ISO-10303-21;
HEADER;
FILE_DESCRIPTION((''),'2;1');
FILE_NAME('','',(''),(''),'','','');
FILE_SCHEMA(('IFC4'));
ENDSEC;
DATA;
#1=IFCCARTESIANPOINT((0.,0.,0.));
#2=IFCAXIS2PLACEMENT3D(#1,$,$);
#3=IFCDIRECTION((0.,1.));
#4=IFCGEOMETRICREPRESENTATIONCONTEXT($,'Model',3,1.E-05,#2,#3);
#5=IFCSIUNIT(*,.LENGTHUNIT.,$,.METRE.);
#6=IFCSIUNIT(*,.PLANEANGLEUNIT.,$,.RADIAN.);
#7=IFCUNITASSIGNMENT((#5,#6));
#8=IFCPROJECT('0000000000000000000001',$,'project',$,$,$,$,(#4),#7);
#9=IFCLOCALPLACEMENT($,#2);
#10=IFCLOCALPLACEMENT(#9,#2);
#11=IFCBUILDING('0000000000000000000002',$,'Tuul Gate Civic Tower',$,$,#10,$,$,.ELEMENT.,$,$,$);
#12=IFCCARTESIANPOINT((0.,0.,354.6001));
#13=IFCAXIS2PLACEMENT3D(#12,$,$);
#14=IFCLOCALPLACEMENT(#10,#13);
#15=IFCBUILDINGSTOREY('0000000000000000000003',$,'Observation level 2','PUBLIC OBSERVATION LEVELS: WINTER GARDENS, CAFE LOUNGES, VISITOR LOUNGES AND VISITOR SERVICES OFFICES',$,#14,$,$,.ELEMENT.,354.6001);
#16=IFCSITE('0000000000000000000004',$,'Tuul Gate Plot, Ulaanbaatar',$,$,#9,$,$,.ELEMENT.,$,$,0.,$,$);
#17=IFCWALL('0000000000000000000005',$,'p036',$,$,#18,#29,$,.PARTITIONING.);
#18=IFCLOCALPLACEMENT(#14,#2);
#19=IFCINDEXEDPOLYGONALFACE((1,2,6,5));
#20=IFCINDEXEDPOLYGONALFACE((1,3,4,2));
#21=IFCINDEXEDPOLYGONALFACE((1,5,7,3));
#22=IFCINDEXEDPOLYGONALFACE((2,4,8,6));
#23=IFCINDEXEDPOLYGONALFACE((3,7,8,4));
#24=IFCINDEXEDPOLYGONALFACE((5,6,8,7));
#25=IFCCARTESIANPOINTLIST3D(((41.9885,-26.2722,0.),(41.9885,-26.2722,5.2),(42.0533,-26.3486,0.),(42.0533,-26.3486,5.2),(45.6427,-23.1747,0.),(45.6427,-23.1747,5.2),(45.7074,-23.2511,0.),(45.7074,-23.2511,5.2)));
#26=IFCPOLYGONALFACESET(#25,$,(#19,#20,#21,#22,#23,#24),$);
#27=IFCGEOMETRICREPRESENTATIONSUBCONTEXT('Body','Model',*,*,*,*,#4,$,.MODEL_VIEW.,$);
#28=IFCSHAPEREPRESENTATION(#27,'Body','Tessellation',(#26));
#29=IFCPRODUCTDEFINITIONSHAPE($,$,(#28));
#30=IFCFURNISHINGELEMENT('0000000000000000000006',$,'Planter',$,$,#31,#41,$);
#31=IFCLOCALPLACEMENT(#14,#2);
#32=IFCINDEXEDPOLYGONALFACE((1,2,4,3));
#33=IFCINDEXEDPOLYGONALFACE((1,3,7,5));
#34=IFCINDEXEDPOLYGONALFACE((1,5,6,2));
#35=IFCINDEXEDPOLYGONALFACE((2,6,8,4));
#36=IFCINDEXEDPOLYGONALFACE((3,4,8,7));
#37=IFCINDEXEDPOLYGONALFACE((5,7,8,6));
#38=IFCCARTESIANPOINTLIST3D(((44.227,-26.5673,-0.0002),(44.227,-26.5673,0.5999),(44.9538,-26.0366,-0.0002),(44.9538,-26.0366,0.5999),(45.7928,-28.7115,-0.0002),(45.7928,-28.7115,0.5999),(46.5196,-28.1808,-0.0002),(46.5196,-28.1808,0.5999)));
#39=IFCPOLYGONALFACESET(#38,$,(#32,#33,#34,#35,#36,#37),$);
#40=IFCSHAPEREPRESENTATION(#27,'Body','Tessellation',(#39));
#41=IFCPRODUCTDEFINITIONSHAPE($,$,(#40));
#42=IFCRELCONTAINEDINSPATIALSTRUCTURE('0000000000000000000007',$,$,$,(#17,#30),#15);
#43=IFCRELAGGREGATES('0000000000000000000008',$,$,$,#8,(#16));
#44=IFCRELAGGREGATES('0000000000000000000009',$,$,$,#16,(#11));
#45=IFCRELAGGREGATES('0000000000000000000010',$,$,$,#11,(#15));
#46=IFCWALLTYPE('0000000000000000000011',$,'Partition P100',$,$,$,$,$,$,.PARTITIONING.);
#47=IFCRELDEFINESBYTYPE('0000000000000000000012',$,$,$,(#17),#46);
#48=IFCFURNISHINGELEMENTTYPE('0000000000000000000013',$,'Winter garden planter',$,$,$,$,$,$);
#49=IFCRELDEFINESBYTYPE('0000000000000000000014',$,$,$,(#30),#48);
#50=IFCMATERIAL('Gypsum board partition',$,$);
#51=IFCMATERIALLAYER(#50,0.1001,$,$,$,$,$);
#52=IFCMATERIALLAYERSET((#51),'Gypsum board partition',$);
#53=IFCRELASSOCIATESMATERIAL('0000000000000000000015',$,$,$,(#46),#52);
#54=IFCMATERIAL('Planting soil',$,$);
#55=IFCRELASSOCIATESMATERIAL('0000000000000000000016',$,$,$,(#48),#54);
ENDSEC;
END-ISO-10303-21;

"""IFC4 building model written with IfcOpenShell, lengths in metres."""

from ifc_helpers import new_model, si_unit, direction, frame, frame_2d, origin, origin_2d, place, context, subcontext, project, spatial, rectangle, extrude, material, layer, layer_set, type_object, element, save


model = new_model("IFC4")

# Units and contexts
model_context = context("Model", 3, precision=1e-05, world=origin(), true_north=direction((0.0, 1.0)))
body_context = subcontext(model_context, "Body", "Model", "MODEL_VIEW")
ifc_project = project(units=[si_unit("LENGTHUNIT", "METRE"), si_unit("PLANEANGLEUNIT", "RADIAN")], contexts=[model_context])

# Site, building, storey
site_placement = place(None, origin())
site = spatial("IfcSite", under=ifc_project, at=site_placement, Name="Tuul Gate Plot, Ulaanbaatar", CompositionType="ELEMENT", RefElevation=0.0)
building_placement = place(site_placement, origin())
building = spatial("IfcBuilding", under=site, at=building_placement, Name="Tuul Gate Civic Tower", CompositionType="ELEMENT")
storey_placement = place(building_placement, frame((0.0, 0.0, 354.6001)))
storey = spatial("IfcBuildingStorey", under=building, at=storey_placement, Name="Observation level 2", Description="PUBLIC OBSERVATION LEVELS: WINTER GARDENS, CAFE LOUNGES, VISITOR LOUNGES AND VISITOR SERVICES OFFICES", CompositionType="ELEMENT", Elevation=354.6001)

# Wall
ifc_material_1 = material(Name="Gypsum board partition")
ifc_layer_1 = layer(ifc_material_1, 0.1001)
ifc_layer_set_1 = layer_set([ifc_layer_1], Name="Gypsum board partition")
wall_type_1 = type_object("IfcWallType", Name="Partition P100", PredefinedType="PARTITIONING", material=ifc_layer_set_1)
wall_1_placement = place(storey_placement, frame((42.021, -26.3103, 0.0), z_axis=(0.0, 0.0, 1.0), x_axis=(0.762818, 0.646614, 0.0)))
element("IfcWall", 1, at=wall_1_placement, inside=storey, type_object=wall_type_1, Name="p036", PredefinedType="PARTITIONING", context=body_context, shape_type="SweptSolid", body=[
    extrude(rectangle(XDim=4.7903, YDim=0.1001, at=frame_2d((2.395, 0.0))), origin(), (0.0, 0.0, 1.0), 5.2),
])

# Furnishing element
ifc_material_2 = material(Name="Planting soil")
furnishing_element_type = type_object("IfcFurnishingElementType", Name="Winter garden planter", material=ifc_material_2)
furnishing_placement = place(storey_placement, frame((45.3733, -27.374, -0.0002), z_axis=(0.0, 0.0, 1.0), x_axis=(0.589737, -0.807595, 0.0)))
element("IfcFurnishingElement", 2, at=furnishing_placement, inside=storey, type_object=furnishing_element_type, Name="Planter", context=body_context, shape_type="SweptSolid", body=[
    extrude(rectangle(XDim=2.655, YDim=0.8999, at=origin_2d()), origin(), (0.0, 0.0, 1.0), 0.6001),
])

save(model, "model.ifc")
